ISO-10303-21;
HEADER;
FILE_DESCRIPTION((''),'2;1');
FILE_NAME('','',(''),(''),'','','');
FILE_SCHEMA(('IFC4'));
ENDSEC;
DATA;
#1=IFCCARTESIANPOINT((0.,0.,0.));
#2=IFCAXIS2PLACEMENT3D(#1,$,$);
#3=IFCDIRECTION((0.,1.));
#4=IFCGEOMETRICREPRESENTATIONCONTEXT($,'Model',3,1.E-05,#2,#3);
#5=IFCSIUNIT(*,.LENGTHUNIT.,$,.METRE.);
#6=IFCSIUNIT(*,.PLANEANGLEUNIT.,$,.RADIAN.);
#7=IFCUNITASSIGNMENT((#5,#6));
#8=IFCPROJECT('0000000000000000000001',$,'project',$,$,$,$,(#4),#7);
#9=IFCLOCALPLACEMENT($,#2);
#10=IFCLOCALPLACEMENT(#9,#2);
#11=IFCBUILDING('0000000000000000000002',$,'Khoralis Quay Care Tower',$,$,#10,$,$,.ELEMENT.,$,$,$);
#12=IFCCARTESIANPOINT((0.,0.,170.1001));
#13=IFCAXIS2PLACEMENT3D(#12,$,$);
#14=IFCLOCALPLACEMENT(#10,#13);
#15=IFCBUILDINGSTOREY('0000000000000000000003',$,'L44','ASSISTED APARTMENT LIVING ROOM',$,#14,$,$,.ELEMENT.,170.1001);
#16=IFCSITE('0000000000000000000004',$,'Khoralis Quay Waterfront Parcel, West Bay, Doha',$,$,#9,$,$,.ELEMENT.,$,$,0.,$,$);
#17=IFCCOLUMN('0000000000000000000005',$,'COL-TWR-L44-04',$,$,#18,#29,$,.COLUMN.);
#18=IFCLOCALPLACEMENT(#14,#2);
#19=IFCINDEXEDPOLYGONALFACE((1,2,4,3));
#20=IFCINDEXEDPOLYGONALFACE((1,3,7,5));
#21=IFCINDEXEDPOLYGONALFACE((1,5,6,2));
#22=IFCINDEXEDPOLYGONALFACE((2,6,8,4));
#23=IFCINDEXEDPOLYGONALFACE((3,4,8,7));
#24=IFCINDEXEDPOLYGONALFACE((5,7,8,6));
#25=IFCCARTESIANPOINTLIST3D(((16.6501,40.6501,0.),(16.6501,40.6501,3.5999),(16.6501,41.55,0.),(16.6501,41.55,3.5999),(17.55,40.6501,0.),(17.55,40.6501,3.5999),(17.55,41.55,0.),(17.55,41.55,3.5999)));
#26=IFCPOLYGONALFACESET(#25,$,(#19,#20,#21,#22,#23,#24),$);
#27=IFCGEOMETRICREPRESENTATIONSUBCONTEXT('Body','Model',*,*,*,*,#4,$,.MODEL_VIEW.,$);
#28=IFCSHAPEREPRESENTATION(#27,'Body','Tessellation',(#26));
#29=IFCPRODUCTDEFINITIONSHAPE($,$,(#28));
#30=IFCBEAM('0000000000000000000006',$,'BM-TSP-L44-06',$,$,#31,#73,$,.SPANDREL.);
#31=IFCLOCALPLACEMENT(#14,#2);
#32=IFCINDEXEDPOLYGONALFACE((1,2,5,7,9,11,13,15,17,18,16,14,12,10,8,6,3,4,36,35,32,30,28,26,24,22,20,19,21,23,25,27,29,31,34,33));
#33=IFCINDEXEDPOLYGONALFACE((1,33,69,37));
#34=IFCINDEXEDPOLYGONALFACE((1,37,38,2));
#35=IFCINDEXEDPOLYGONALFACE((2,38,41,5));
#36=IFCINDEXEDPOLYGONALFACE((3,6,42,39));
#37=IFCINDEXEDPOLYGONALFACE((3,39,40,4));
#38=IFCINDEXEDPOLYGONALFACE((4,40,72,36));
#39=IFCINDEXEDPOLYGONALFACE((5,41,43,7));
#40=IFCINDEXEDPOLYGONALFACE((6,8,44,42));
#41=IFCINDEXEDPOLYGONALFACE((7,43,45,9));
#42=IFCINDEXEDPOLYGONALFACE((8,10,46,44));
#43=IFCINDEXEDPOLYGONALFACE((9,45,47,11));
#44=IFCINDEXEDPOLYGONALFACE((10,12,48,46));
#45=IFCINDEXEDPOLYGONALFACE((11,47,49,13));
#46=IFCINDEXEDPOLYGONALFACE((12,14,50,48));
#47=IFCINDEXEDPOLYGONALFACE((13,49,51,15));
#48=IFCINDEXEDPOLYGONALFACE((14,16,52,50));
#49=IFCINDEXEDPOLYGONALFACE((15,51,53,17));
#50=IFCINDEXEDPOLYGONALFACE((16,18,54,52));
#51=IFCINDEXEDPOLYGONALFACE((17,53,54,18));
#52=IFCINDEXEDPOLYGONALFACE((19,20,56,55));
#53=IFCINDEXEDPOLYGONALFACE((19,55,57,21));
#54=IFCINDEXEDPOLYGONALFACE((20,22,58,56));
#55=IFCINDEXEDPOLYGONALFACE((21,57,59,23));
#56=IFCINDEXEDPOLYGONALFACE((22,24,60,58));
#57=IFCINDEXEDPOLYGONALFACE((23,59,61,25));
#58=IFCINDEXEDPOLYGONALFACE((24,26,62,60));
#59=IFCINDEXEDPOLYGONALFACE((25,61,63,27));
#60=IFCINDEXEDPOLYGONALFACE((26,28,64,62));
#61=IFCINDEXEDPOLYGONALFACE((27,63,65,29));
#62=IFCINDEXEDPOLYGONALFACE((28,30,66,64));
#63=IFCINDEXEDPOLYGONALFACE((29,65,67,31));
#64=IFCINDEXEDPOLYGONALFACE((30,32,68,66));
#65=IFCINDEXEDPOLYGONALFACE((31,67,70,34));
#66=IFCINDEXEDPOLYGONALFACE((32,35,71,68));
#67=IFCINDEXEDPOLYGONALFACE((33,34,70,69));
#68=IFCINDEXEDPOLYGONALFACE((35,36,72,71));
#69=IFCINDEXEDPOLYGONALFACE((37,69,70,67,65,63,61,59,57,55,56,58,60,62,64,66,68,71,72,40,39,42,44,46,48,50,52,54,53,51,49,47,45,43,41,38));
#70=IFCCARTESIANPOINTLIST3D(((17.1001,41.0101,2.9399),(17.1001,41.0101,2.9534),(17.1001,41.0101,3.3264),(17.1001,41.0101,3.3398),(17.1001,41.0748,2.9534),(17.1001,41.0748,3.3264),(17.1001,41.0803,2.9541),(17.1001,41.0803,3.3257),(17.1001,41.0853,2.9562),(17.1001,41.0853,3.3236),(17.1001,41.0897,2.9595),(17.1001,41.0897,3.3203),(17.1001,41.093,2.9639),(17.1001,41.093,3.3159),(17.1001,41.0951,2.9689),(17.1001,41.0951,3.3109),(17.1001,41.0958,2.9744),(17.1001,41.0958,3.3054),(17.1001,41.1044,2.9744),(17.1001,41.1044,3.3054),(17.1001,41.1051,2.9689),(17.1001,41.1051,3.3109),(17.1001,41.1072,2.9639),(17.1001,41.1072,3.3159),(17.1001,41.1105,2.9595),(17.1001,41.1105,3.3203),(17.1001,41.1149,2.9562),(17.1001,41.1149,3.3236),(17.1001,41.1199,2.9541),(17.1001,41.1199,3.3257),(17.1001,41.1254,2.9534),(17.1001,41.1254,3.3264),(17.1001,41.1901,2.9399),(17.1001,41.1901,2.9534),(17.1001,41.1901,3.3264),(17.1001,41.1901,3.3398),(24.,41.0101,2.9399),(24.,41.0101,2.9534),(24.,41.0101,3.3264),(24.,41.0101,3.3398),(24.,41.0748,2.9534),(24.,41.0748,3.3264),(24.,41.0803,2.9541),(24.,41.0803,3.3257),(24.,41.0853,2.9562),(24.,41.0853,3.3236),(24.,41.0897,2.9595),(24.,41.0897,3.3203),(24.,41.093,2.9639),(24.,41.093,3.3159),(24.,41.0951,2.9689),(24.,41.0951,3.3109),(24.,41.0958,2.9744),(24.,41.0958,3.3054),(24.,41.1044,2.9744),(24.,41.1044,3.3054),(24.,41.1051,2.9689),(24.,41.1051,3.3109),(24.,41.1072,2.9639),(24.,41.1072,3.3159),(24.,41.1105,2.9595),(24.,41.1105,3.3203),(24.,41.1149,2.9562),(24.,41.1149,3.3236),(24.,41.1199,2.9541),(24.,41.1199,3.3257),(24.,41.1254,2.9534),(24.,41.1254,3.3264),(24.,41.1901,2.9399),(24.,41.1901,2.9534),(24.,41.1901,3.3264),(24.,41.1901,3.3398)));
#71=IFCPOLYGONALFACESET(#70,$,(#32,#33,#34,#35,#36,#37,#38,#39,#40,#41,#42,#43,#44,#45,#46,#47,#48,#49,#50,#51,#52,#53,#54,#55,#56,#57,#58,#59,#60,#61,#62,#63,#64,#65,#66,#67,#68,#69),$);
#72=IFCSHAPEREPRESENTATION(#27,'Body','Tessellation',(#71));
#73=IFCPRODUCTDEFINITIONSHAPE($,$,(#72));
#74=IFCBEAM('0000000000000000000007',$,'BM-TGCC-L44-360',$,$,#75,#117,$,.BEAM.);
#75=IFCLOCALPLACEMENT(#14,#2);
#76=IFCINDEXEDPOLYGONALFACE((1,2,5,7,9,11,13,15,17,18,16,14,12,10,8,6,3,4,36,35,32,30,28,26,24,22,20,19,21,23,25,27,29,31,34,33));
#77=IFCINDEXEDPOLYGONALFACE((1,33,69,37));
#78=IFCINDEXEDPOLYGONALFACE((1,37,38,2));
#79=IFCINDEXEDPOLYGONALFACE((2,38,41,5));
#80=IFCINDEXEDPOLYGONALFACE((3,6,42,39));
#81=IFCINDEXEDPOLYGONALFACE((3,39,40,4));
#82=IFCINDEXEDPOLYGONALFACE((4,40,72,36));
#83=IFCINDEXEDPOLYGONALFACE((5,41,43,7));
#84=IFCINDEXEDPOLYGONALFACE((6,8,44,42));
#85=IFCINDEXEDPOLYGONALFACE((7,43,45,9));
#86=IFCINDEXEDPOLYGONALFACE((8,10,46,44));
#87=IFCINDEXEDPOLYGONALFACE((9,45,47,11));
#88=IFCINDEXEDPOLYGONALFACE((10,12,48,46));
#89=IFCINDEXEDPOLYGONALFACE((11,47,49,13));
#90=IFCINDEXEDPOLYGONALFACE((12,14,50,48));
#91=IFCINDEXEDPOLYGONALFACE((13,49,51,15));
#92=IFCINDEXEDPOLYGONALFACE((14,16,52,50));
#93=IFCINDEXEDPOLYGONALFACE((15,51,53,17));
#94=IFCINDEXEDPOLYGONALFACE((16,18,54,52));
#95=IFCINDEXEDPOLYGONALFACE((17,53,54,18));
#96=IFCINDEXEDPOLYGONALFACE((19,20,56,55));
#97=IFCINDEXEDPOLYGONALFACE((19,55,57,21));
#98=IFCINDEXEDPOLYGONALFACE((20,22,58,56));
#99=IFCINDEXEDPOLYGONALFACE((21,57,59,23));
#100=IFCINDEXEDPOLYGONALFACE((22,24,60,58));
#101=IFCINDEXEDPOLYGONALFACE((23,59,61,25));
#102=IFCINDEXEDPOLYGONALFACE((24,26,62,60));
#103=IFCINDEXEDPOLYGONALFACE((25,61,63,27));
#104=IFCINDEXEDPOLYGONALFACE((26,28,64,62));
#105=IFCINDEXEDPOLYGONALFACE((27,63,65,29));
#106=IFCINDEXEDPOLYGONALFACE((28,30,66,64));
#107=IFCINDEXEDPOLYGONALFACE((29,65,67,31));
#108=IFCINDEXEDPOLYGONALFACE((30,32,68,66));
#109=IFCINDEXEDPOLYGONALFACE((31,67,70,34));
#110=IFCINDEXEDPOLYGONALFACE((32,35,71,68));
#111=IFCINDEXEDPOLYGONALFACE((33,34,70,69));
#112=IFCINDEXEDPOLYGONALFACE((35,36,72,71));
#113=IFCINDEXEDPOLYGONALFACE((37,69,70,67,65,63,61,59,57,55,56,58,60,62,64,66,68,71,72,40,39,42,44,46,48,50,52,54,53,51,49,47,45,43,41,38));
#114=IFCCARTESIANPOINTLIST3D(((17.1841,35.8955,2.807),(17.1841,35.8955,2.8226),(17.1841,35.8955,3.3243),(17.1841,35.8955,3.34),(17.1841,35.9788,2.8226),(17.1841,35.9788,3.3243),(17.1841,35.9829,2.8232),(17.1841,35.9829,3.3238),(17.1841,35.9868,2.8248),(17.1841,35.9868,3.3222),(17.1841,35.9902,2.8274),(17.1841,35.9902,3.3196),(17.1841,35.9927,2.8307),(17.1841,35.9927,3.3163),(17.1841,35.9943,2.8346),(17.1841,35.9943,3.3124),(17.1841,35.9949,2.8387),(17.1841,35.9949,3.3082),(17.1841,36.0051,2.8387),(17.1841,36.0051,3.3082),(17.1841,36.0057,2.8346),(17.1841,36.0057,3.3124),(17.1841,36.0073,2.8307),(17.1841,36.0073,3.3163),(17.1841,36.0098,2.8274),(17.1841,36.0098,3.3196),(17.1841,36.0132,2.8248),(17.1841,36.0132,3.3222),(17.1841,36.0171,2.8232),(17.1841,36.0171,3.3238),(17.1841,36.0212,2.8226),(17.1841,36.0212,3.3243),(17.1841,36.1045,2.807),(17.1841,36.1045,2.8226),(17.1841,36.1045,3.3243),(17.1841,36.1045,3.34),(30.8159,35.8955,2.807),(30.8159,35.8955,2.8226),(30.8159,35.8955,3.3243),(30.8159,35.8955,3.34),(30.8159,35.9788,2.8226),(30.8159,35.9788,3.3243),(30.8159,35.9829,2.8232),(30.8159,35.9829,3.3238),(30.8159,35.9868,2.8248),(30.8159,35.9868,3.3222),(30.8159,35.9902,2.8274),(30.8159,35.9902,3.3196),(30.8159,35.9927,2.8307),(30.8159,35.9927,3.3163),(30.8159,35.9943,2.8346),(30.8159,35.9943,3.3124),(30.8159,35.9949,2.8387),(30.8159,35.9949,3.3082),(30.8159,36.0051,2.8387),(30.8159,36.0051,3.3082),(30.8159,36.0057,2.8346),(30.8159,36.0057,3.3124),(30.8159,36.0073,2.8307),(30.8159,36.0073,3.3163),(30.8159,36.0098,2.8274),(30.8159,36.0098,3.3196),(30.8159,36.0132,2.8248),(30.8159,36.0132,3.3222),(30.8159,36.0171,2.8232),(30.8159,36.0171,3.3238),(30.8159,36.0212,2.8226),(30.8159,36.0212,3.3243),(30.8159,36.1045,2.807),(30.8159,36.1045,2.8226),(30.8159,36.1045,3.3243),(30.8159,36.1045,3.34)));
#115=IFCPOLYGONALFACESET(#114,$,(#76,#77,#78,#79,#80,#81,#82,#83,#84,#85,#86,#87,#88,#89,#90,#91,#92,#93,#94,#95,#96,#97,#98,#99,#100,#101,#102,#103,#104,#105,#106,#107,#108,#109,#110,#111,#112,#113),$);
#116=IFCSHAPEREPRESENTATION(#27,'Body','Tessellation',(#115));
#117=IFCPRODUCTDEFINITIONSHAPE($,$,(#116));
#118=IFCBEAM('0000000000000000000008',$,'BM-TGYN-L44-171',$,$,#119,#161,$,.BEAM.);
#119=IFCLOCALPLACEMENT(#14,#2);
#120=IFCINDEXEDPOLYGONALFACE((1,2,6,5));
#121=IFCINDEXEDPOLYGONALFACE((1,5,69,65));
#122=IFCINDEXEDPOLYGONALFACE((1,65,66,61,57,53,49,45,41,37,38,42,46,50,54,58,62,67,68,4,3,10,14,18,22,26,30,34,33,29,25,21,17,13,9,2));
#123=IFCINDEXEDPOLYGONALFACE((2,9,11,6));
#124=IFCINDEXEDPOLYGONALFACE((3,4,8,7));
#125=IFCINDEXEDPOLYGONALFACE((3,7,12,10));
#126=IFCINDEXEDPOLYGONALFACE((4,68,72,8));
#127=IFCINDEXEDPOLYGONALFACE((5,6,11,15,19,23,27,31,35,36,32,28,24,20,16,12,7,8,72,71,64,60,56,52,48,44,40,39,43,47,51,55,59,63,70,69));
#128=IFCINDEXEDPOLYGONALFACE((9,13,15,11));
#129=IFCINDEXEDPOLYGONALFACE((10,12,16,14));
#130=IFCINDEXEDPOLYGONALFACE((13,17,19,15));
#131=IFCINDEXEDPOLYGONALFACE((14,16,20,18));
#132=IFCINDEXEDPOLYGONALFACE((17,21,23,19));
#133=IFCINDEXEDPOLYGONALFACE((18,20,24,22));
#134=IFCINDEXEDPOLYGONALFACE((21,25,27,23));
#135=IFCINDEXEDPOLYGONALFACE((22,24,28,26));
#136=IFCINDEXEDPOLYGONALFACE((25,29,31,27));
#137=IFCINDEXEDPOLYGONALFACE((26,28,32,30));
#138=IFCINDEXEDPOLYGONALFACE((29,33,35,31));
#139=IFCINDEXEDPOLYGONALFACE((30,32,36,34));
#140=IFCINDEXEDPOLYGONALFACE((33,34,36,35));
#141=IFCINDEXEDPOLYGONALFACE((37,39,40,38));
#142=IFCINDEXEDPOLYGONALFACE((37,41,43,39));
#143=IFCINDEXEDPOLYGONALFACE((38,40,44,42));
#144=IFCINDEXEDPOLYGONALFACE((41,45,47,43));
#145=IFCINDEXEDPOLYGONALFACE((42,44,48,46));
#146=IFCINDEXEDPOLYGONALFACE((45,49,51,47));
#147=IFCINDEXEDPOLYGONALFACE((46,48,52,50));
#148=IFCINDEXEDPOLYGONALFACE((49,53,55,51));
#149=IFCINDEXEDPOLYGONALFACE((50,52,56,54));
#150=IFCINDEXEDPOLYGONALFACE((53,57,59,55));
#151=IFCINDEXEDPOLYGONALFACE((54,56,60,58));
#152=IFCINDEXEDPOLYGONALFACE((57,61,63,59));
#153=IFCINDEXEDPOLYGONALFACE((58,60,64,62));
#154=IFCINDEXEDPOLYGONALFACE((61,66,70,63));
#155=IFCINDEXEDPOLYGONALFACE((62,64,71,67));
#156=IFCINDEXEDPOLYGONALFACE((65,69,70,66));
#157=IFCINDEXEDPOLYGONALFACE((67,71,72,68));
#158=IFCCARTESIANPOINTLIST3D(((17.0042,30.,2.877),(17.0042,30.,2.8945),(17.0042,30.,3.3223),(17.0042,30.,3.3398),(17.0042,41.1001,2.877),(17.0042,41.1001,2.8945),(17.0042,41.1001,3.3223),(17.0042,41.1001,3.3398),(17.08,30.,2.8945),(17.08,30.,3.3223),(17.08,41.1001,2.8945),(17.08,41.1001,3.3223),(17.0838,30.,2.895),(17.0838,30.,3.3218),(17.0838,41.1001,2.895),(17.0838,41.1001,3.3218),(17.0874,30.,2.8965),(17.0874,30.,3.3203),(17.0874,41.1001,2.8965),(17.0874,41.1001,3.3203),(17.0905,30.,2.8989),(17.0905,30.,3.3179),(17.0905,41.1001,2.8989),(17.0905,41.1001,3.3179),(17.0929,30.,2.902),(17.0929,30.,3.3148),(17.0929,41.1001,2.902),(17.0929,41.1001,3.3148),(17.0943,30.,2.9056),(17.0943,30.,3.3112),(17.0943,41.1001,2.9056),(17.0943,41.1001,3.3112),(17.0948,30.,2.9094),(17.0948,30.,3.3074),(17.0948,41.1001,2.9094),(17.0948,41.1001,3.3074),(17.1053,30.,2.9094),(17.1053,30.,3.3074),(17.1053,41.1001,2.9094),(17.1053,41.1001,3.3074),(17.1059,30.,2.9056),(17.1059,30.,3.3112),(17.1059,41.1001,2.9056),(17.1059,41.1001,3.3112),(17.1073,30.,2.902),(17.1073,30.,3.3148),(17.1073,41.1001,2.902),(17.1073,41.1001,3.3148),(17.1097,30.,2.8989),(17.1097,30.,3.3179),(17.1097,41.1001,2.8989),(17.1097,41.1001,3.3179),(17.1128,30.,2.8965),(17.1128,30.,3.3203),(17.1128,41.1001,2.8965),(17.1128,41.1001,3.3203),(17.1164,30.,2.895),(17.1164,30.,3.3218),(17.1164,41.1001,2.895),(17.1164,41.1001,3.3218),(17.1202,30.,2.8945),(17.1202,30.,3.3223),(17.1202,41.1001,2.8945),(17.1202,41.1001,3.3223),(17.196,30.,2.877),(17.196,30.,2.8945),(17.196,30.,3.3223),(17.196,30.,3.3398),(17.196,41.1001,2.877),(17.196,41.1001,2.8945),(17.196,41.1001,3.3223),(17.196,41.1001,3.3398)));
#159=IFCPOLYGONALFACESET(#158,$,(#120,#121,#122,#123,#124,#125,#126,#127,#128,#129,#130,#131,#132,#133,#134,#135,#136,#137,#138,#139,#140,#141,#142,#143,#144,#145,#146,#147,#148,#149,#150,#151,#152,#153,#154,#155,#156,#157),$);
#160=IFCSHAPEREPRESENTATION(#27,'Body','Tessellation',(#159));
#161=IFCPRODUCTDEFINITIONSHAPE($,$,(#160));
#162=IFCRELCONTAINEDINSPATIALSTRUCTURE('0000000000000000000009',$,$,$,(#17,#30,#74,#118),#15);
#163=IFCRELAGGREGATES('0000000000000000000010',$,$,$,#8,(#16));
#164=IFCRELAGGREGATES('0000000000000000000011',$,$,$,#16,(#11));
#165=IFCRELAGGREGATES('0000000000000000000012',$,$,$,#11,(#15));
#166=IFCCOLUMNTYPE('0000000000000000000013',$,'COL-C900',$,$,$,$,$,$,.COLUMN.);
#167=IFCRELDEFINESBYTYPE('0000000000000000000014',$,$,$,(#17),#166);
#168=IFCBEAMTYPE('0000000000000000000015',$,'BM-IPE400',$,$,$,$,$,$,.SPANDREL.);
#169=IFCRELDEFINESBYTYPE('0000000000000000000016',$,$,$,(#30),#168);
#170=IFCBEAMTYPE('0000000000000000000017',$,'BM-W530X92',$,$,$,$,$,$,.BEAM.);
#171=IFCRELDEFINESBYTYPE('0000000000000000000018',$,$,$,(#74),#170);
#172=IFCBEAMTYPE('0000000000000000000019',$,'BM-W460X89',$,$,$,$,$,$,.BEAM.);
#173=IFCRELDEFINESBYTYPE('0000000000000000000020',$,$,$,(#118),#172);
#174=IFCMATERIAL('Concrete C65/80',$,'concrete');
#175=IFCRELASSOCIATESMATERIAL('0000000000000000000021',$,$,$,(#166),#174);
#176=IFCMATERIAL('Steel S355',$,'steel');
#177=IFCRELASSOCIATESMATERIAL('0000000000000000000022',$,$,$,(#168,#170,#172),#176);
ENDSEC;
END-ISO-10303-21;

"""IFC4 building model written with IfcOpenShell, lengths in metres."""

from ifc_helpers import new_model, si_unit, direction, frame, origin, origin_2d, place, context, subcontext, project, spatial, rectangle, i_section, extrude, source, transform, mapped, material, material_profile, profile_set, type_object, element, save


model = new_model("IFC4")

# Units and contexts
model_context = context("Model", 3, precision=1e-05, world=origin(), true_north=direction((0.0, 1.0)))
body_context = subcontext(model_context, "Body", "Model", "MODEL_VIEW")
ifc_project = project(units=[si_unit("LENGTHUNIT", "METRE"), si_unit("PLANEANGLEUNIT", "RADIAN")], contexts=[model_context])

# Site, building, storey
site_placement = place(None, origin())
site = spatial("IfcSite", under=ifc_project, at=site_placement, Name="Khoralis Quay Waterfront Parcel, West Bay, Doha", CompositionType="ELEMENT", RefElevation=0.0)
building_placement = place(site_placement, origin())
building = spatial("IfcBuilding", under=site, at=building_placement, Name="Khoralis Quay Care Tower", CompositionType="ELEMENT")
storey_placement = place(building_placement, frame((0.0, 0.0, 170.1001)))
storey = spatial("IfcBuildingStorey", under=building, at=storey_placement, Name="L44", Description="ASSISTED APARTMENT LIVING ROOM", CompositionType="ELEMENT", Elevation=170.1001)

# Column
ifc_material_1 = material(Name="Concrete C65/80", Category="concrete")
ifc_material_profile_1 = material_profile(ifc_material_1, rectangle(XDim=0.8999, YDim=0.8999, at=origin_2d()), Name="Concrete C65/80")
ifc_profile_set_1 = profile_set([ifc_material_profile_1], Name="Concrete C65/80")
column_type = type_object("IfcColumnType", Name="COL-C900", PredefinedType="COLUMN", material=ifc_profile_set_1)
shared_shape_1 = source(origin(), body_context, "Body", "SweptSolid", [
    extrude(rectangle(XDim=0.8999, YDim=0.8999, at=origin_2d()), origin(), (0.0, 0.0, 1.0), 3.5999),
])
column_placement = place(storey_placement, frame((17.1001, 41.1001, 0.0), z_axis=(0.0, 0.0, 1.0), x_axis=(1.0, 0.0, 0.0)))
element("IfcColumn", 1, at=column_placement, inside=storey, type_object=column_type, Name="COL-TWR-L44-04", PredefinedType="COLUMN", context=body_context, shape_type="MappedRepresentation", body=[
    mapped(shared_shape_1, transform((0.0, 0.0, 0.0), scale=1.0)),
])

# Beams
ifc_material_2 = material(Name="Steel S355", Category="steel")
ifc_material_profile_2 = material_profile(ifc_material_2, i_section(OverallWidth=0.1799, OverallDepth=0.3999, WebThickness=0.0085, FlangeThickness=0.0134, FilletRadius=0.021, at=origin_2d()), Name="Steel S355")
ifc_profile_set_2 = profile_set([ifc_material_profile_2], Name="Steel S355")
beam_type_1 = type_object("IfcBeamType", Name="BM-IPE400", PredefinedType="SPANDREL", material=ifc_profile_set_2)
shared_shape_2 = source(origin(), body_context, "Body", "SweptSolid", [
    extrude(i_section(OverallWidth=0.1799, OverallDepth=0.3999, WebThickness=0.0085, FlangeThickness=0.0134, FilletRadius=0.021, at=origin_2d()), origin(), (0.0, 0.0, 1.0), 6.8999),
])
beam_1_placement = place(storey_placement, frame((17.1001, 41.1001, 3.1399), z_axis=(1.0, 0.0, 0.0), x_axis=(0.0, 1.0, 0.0)))
element("IfcBeam", 2, at=beam_1_placement, inside=storey, type_object=beam_type_1, Name="BM-TSP-L44-06", PredefinedType="SPANDREL", context=body_context, shape_type="MappedRepresentation", body=[
    mapped(shared_shape_2, transform((0.0, 0.0, 0.0), scale=1.0)),
])
ifc_material_profile_3 = material_profile(ifc_material_2, i_section(OverallWidth=0.209, OverallDepth=0.533, WebThickness=0.0103, FlangeThickness=0.0156, FilletRadius=0.0161, at=origin_2d()), Name="Steel S355")
ifc_profile_set_3 = profile_set([ifc_material_profile_3], Name="Steel S355")
beam_type_2 = type_object("IfcBeamType", Name="BM-W530X92", PredefinedType="BEAM", material=ifc_profile_set_3)
shared_shape_3 = source(origin(), body_context, "Body", "SweptSolid", [
    extrude(i_section(OverallWidth=0.209, OverallDepth=0.533, WebThickness=0.0103, FlangeThickness=0.0156, FilletRadius=0.0161, at=origin_2d()), origin(), (0.0, 0.0, 1.0), 13.6318),
])
beam_2_placement = place(storey_placement, frame((17.1841, 36.0, 3.0735), z_axis=(1.0, 0.0, 0.0), x_axis=(0.0, 1.0, 0.0)))
element("IfcBeam", 3, at=beam_2_placement, inside=storey, type_object=beam_type_2, Name="BM-TGCC-L44-360", PredefinedType="BEAM", context=body_context, shape_type="MappedRepresentation", body=[
    mapped(shared_shape_3, transform((0.0, 0.0, 0.0), scale=1.0)),
])
ifc_material_profile_4 = material_profile(ifc_material_2, i_section(OverallWidth=0.1919, OverallDepth=0.4629, WebThickness=0.0105, FlangeThickness=0.0176, FilletRadius=0.0149, at=origin_2d()), Name="Steel S355")
ifc_profile_set_4 = profile_set([ifc_material_profile_4], Name="Steel S355")
beam_type_3 = type_object("IfcBeamType", Name="BM-W460X89", PredefinedType="BEAM", material=ifc_profile_set_4)
shared_shape_4 = source(origin(), body_context, "Body", "SweptSolid", [
    extrude(i_section(OverallWidth=0.1919, OverallDepth=0.4629, WebThickness=0.0105, FlangeThickness=0.0176, FilletRadius=0.0149, at=origin_2d()), origin(), (0.0, 0.0, 1.0), 11.1001),
])
beam_3_placement = place(storey_placement, frame((17.1001, 30.0, 3.1084), z_axis=(0.0, 1.0, 0.0), x_axis=(-1.0, 0.0, 0.0)))
element("IfcBeam", 4, at=beam_3_placement, inside=storey, type_object=beam_type_3, Name="BM-TGYN-L44-171", PredefinedType="BEAM", context=body_context, shape_type="MappedRepresentation", body=[
    mapped(shared_shape_4, transform((0.0, 0.0, 0.0), scale=1.0)),
])

save(model, "model.ifc")
